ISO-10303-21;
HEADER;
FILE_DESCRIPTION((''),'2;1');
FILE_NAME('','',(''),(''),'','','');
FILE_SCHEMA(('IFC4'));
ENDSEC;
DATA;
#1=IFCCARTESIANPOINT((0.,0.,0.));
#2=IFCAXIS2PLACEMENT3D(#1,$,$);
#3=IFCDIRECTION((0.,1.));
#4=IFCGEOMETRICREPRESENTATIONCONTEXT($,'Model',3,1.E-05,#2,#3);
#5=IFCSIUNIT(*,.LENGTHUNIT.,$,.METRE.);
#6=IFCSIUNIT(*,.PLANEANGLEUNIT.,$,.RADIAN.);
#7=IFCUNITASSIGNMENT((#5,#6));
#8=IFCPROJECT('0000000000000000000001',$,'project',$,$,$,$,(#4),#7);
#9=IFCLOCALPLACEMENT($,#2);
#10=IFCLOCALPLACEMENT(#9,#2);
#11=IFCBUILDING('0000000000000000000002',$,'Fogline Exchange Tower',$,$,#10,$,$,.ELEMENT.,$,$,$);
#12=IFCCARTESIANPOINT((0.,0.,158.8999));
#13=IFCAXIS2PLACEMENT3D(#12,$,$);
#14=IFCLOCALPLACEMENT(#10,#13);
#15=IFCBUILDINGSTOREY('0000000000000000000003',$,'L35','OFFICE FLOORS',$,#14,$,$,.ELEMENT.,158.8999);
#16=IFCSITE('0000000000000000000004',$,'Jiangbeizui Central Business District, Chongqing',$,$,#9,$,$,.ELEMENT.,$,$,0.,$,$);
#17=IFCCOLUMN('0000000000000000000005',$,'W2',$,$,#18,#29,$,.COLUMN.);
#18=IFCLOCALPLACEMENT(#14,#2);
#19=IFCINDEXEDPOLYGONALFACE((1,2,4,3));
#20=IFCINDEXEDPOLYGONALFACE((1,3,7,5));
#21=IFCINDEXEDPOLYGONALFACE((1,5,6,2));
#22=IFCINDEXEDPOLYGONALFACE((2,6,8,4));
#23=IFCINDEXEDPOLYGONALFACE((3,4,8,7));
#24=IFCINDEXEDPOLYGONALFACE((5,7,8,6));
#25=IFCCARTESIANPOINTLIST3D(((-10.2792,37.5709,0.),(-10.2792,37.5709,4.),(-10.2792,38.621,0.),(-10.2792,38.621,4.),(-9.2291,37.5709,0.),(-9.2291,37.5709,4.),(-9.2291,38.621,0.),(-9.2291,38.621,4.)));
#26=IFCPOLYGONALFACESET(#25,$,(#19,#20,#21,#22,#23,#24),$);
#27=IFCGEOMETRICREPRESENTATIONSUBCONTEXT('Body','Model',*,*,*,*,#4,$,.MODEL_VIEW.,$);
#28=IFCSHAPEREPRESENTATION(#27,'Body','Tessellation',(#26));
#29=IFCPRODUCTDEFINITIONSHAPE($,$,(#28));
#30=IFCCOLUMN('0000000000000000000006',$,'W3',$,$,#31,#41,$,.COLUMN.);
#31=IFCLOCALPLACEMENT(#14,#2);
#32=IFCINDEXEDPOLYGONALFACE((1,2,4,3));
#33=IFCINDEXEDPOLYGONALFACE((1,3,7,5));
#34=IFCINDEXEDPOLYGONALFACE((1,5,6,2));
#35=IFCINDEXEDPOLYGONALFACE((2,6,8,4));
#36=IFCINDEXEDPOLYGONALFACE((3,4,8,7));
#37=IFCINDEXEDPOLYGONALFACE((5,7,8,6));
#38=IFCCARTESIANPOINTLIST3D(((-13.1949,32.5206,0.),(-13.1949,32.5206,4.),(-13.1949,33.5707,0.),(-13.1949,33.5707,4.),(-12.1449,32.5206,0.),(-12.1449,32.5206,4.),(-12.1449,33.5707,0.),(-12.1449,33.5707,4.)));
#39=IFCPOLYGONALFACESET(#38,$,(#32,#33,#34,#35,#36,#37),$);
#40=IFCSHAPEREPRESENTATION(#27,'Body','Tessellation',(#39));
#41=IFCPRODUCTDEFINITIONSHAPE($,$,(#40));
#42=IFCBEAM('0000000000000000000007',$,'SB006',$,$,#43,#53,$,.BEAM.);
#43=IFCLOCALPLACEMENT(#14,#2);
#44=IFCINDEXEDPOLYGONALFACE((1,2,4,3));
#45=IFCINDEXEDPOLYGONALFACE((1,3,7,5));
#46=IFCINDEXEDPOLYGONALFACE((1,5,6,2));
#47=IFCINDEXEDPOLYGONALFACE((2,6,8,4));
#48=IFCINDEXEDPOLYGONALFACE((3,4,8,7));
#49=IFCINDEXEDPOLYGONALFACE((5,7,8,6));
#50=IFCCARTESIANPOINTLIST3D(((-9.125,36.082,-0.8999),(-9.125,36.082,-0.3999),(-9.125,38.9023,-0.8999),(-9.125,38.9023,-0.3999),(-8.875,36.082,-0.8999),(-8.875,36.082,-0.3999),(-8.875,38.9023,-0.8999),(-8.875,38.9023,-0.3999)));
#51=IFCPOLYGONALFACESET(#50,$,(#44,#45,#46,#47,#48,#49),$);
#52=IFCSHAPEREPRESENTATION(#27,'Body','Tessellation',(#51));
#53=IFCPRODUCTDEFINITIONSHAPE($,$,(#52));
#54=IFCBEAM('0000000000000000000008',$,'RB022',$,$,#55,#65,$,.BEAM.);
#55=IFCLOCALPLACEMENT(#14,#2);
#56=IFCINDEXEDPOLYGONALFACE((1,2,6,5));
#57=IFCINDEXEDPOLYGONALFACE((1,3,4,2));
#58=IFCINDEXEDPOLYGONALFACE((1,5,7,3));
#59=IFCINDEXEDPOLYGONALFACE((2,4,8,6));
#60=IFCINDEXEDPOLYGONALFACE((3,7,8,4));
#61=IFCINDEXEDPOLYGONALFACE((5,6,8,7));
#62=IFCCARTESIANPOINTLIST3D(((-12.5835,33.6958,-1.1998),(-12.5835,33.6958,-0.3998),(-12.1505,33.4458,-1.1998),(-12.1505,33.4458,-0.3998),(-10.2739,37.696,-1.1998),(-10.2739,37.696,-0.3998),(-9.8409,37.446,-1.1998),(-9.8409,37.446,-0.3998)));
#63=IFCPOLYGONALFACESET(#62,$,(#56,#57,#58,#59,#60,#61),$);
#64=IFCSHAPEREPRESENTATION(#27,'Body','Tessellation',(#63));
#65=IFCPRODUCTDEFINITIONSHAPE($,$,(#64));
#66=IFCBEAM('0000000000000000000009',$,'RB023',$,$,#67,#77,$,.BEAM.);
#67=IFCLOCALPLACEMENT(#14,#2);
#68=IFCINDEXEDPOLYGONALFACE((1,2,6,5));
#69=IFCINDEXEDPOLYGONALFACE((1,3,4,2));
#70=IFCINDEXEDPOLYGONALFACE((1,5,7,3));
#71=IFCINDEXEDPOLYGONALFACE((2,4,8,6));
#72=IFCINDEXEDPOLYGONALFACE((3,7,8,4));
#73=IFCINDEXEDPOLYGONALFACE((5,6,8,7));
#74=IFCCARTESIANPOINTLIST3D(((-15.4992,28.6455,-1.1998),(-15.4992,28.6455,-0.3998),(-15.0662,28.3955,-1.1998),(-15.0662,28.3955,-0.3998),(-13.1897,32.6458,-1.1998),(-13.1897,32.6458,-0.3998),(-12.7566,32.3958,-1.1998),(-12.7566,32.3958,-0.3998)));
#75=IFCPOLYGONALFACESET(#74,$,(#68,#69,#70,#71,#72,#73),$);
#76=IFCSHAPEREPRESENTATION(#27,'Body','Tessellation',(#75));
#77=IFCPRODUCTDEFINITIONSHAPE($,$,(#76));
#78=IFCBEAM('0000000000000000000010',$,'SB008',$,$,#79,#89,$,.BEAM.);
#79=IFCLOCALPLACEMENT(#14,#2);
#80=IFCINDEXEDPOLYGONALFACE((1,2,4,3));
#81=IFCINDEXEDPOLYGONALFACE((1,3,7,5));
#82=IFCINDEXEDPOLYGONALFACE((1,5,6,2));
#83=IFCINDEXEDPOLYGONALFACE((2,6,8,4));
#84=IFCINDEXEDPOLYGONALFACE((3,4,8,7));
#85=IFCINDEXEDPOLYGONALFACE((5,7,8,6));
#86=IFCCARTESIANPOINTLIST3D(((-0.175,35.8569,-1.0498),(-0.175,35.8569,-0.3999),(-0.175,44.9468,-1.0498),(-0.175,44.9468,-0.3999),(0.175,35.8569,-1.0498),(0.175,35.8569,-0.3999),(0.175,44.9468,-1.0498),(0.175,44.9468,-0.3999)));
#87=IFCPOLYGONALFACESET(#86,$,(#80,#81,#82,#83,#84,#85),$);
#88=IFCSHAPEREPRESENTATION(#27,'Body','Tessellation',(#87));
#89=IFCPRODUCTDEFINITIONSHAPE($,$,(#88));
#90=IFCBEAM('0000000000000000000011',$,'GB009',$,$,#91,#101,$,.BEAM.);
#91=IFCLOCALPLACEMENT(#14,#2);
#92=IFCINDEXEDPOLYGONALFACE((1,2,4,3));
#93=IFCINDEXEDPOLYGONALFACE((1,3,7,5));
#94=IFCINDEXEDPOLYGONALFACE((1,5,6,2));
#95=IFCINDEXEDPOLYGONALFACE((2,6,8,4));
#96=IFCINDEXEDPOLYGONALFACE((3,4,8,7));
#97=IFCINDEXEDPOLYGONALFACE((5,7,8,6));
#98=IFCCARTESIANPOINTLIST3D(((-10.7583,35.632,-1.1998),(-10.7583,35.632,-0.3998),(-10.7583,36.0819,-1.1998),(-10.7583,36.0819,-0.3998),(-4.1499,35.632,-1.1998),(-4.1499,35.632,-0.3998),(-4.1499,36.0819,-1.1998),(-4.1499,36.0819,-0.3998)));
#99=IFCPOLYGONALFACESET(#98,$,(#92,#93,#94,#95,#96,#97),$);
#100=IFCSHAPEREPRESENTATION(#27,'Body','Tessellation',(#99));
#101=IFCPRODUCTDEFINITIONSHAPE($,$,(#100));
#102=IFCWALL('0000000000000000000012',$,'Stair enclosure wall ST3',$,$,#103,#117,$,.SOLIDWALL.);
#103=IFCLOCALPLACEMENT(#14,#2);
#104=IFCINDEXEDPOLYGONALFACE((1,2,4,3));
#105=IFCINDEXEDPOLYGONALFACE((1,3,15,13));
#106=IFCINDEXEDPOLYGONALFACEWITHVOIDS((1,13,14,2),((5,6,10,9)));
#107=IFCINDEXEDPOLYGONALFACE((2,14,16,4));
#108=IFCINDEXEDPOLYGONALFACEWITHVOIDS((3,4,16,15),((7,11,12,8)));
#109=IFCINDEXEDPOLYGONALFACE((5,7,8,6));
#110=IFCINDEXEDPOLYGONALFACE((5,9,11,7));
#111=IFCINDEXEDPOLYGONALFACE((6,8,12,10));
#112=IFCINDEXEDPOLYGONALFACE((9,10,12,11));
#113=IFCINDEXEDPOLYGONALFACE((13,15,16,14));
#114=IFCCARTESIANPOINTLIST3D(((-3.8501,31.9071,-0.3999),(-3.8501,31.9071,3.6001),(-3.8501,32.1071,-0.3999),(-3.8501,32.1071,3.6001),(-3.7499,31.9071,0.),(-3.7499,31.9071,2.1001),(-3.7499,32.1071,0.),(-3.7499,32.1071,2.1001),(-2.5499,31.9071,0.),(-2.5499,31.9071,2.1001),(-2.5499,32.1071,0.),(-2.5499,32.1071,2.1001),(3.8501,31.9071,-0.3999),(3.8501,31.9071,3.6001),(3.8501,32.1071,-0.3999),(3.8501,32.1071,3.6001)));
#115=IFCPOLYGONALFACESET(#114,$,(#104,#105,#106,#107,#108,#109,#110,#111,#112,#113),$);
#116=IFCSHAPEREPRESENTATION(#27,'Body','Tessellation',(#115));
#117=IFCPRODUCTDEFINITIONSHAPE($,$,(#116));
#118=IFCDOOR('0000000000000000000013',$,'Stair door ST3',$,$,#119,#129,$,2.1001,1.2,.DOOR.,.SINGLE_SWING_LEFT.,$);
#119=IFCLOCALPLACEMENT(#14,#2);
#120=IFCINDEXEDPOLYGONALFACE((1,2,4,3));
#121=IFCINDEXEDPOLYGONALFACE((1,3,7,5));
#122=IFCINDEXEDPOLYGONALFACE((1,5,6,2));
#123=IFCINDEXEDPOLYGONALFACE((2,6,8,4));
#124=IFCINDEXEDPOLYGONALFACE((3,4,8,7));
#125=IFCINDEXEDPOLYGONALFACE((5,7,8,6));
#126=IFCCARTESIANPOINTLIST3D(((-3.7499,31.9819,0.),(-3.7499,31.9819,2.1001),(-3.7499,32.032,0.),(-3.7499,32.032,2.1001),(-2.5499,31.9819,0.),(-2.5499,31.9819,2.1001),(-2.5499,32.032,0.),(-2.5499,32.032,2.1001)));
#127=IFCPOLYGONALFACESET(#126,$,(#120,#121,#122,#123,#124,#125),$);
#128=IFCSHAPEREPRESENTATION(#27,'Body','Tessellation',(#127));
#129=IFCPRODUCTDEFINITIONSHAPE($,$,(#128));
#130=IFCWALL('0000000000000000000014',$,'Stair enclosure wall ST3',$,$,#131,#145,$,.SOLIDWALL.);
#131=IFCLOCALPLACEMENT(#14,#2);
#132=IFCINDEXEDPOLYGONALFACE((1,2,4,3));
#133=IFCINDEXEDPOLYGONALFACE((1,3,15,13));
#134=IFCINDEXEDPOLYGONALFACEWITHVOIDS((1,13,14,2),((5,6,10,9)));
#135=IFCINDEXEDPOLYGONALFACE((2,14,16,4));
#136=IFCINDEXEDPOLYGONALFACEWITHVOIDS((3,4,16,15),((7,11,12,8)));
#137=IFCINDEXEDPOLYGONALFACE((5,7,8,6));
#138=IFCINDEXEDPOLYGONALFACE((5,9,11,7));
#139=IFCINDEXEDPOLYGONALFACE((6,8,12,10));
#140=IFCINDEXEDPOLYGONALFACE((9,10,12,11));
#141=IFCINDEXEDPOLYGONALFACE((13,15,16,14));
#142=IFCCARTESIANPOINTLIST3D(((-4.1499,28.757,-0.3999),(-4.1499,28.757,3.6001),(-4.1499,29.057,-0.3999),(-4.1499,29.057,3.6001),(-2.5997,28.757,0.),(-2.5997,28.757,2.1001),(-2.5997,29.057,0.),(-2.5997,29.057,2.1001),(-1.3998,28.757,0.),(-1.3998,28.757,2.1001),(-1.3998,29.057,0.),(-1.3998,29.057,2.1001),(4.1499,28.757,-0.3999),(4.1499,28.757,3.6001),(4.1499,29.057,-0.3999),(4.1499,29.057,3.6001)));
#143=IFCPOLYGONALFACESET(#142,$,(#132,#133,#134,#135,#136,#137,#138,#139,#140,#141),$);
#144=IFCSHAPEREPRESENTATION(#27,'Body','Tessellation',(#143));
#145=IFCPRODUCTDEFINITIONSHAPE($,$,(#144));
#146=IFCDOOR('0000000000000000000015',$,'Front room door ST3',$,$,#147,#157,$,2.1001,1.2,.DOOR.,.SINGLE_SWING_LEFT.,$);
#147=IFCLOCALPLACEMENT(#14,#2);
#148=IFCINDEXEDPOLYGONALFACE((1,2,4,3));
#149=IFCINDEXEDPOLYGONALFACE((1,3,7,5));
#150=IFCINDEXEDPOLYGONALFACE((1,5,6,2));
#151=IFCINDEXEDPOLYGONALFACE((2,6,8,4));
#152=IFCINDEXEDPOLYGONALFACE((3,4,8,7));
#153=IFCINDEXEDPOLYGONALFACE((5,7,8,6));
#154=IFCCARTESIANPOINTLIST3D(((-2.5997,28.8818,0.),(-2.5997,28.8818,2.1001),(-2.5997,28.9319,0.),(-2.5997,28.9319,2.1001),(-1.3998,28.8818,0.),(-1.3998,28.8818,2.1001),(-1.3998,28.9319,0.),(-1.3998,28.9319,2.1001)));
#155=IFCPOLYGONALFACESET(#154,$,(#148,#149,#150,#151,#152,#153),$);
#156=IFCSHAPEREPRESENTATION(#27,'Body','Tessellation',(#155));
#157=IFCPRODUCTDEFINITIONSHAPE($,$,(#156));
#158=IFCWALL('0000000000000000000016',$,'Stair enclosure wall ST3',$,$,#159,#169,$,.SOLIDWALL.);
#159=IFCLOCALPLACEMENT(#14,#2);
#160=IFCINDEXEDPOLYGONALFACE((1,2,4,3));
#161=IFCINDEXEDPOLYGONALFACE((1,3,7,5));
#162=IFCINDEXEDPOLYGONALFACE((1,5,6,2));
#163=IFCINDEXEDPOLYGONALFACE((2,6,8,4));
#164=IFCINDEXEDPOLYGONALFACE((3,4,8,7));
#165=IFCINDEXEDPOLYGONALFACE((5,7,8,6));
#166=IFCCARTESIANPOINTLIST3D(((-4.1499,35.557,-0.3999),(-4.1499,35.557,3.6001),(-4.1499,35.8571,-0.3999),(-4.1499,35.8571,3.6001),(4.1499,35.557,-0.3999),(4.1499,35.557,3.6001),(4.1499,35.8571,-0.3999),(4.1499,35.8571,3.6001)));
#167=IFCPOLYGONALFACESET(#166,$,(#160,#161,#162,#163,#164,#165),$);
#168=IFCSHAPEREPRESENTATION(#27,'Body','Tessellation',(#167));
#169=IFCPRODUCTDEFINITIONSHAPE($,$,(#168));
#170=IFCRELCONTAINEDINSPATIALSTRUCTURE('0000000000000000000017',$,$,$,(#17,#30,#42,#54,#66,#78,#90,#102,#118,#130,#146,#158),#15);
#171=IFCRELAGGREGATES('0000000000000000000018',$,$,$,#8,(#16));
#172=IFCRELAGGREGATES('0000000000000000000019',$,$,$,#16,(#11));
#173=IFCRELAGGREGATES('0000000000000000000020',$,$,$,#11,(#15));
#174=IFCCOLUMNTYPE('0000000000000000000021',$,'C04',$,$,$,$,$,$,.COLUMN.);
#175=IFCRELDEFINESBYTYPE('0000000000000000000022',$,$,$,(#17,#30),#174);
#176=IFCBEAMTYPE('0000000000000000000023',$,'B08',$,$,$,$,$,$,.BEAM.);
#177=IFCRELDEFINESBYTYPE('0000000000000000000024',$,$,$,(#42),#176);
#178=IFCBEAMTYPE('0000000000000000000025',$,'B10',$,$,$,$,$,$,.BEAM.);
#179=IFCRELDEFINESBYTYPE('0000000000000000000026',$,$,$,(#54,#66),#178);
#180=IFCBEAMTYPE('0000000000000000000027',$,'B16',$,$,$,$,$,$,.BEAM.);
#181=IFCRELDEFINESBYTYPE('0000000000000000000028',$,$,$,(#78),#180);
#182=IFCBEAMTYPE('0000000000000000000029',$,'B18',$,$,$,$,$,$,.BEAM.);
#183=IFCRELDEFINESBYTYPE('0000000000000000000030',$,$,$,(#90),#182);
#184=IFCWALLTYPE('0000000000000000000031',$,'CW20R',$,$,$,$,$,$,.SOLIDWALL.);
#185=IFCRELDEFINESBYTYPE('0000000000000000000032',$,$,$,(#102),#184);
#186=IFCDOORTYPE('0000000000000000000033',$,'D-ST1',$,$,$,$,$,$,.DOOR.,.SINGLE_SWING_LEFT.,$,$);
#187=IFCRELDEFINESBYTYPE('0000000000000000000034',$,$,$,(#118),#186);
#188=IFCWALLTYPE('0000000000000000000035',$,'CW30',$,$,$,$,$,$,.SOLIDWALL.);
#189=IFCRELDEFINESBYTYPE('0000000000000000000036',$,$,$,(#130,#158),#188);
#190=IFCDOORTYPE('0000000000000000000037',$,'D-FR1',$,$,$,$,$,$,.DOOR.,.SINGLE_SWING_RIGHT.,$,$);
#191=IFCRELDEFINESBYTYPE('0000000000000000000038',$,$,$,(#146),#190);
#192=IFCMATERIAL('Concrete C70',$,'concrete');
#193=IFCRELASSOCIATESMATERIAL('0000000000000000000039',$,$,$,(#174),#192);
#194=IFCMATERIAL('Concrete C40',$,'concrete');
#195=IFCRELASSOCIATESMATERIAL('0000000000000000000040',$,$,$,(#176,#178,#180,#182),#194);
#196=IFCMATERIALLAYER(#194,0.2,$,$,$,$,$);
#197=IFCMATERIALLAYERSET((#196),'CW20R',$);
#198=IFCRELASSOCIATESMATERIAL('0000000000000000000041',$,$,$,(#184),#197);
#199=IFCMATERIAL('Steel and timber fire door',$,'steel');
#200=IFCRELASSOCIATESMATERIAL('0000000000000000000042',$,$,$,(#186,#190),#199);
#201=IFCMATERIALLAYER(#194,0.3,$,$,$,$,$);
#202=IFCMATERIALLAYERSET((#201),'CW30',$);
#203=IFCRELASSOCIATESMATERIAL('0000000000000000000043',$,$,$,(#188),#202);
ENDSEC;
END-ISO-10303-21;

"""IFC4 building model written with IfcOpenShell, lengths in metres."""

from ifc_helpers import new_model, si_unit, direction, frame, frame_2d, origin, origin_2d, place, context, subcontext, project, spatial, rectangle, extrude, material, layer, layer_set, material_profile, profile_set, type_object, element, fill, save


model = new_model("IFC4")

# Units and contexts
model_context = context("Model", 3, precision=1e-05, world=origin(), true_north=direction((0.0, 1.0)))
body_context = subcontext(model_context, "Body", "Model", "MODEL_VIEW")
ifc_project = project(units=[si_unit("LENGTHUNIT", "METRE"), si_unit("PLANEANGLEUNIT", "RADIAN")], contexts=[model_context])

# Site, building, storey
site_placement = place(None, origin())
site = spatial("IfcSite", under=ifc_project, at=site_placement, Name="Jiangbeizui Central Business District, Chongqing", CompositionType="ELEMENT", RefElevation=0.0)
building_placement = place(site_placement, origin())
building = spatial("IfcBuilding", under=site, at=building_placement, Name="Fogline Exchange Tower", CompositionType="ELEMENT")
storey_placement = place(building_placement, frame((0.0, 0.0, 158.8999)))
storey = spatial("IfcBuildingStorey", under=building, at=storey_placement, Name="L35", Description="OFFICE FLOORS", CompositionType="ELEMENT", Elevation=158.8999)

# Columns
ifc_material_1 = material(Name="Concrete C70", Category="concrete")
ifc_material_profile_1 = material_profile(ifc_material_1, rectangle(XDim=1.05, YDim=1.05, at=origin_2d()), Name="RC 1050x1050")
ifc_profile_set_1 = profile_set([ifc_material_profile_1], Name="Concrete C70")
column_type = type_object("IfcColumnType", Name="C04", PredefinedType="COLUMN", material=ifc_profile_set_1)
for number, where, z_axis, x_axis, name in (
    (1, (-9.7542, 38.0959, 0.0), (0.0, 0.0, 1.0), (1.0, 0.0, 0.0), "W2"),
    (2, (-12.6699, 33.0457, 0.0), (0.0, 0.0, 1.0), (1.0, 0.0, 0.0), "W3"),
):
    element("IfcColumn", number, at=place(storey_placement, frame(where, z_axis=z_axis, x_axis=x_axis)), inside=storey, type_object=column_type, Name=name, PredefinedType="COLUMN", context=body_context, shape_type="SweptSolid", body=[
        extrude(rectangle(XDim=1.05, YDim=1.05, at=origin_2d()), origin(), (0.0, 0.0, 1.0), 4.0),
    ])

# Beams
ifc_material_2 = material(Name="Concrete C40", Category="concrete")
ifc_material_profile_2 = material_profile(ifc_material_2, rectangle(XDim=0.25, YDim=0.5, at=origin_2d()), Name="RC 250x500")
ifc_profile_set_2 = profile_set([ifc_material_profile_2], Name="Concrete C40")
beam_type_1 = type_object("IfcBeamType", Name="B08", PredefinedType="BEAM", material=ifc_profile_set_2)
beam_1_placement = place(storey_placement, frame((-9.0, 36.082, -0.6499), z_axis=(0.0, 1.0, 0.0), x_axis=(-1.0, 0.0, 0.0)))
element("IfcBeam", 3, at=beam_1_placement, inside=storey, type_object=beam_type_1, Name="SB006", PredefinedType="BEAM", context=body_context, shape_type="SweptSolid", body=[
    extrude(rectangle(XDim=0.25, YDim=0.5, at=origin_2d()), origin(), (0.0, 0.0, 1.0), 2.8203),
])
ifc_material_profile_3 = material_profile(ifc_material_2, rectangle(XDim=0.5, YDim=0.8, at=origin_2d()), Name="RC 500x800")
ifc_profile_set_3 = profile_set([ifc_material_profile_3], Name="Concrete C40")
beam_type_2 = type_object("IfcBeamType", Name="B10", PredefinedType="BEAM", material=ifc_profile_set_3)
for number, where, z_axis, x_axis, name in (
    (4, (-10.0574, 37.571, -0.7998), (-0.500005, -0.866023, 0.0), (0.866023, -0.500005, 0.0), "RB022"),
    (5, (-12.9731, 32.5208, -0.7998), (-0.500005, -0.866023, 0.0), (0.866023, -0.500005, 0.0), "RB023"),
):
    element("IfcBeam", number, at=place(storey_placement, frame(where, z_axis=z_axis, x_axis=x_axis)), inside=storey, type_object=beam_type_2, Name=name, PredefinedType="BEAM", context=body_context, shape_type="SweptSolid", body=[
        extrude(rectangle(XDim=0.5, YDim=0.8, at=origin_2d()), origin(), (0.0, 0.0, 1.0), 4.6191),
    ])
ifc_material_profile_4 = material_profile(ifc_material_2, rectangle(XDim=0.3501, YDim=0.6499, at=origin_2d()), Name="RC 350x650")
ifc_profile_set_4 = profile_set([ifc_material_profile_4], Name="Concrete C40")
beam_type_3 = type_object("IfcBeamType", Name="B16", PredefinedType="BEAM", material=ifc_profile_set_4)
beam_2_placement = place(storey_placement, frame((0.0, 35.8569, -0.7249), z_axis=(0.0, 1.0, 0.0), x_axis=(-1.0, 0.0, 0.0)))
element("IfcBeam", 6, at=beam_2_placement, inside=storey, type_object=beam_type_3, Name="SB008", PredefinedType="BEAM", context=body_context, shape_type="SweptSolid", body=[
    extrude(rectangle(XDim=0.3501, YDim=0.6499, at=origin_2d()), origin(), (0.0, 0.0, 1.0), 9.0898),
])
ifc_material_profile_5 = material_profile(ifc_material_2, rectangle(XDim=0.45, YDim=0.8, at=origin_2d()), Name="RC 450x800")
ifc_profile_set_5 = profile_set([ifc_material_profile_5], Name="Concrete C40")
beam_type_4 = type_object("IfcBeamType", Name="B18", PredefinedType="BEAM", material=ifc_profile_set_5)
beam_3_placement = place(storey_placement, frame((-10.7583, 35.8569, -0.7998), z_axis=(1.0, 0.0, 0.0), x_axis=(0.0, 1.0, 0.0)))
element("IfcBeam", 7, at=beam_3_placement, inside=storey, type_object=beam_type_4, Name="GB009", PredefinedType="BEAM", context=body_context, shape_type="SweptSolid", body=[
    extrude(rectangle(XDim=0.45, YDim=0.8, at=origin_2d()), origin(), (0.0, 0.0, 1.0), 6.6084),
])

# Walls, openings, doors
ifc_layer_1 = layer(ifc_material_2, 0.2)
ifc_layer_set_1 = layer_set([ifc_layer_1], Name="CW20R")
wall_type_1 = type_object("IfcWallType", Name="CW20R", PredefinedType="SOLIDWALL", material=ifc_layer_set_1)
wall_1_placement = place(storey_placement, frame((-3.8501, 32.0071, -0.3999), z_axis=(0.0, 0.0, 1.0), x_axis=(1.0, 0.0, 0.0)))
wall_1 = element("IfcWall", 8, at=wall_1_placement, inside=storey, type_object=wall_type_1, Name="Stair enclosure wall ST3", PredefinedType="SOLIDWALL", context=body_context, shape_type="SweptSolid", body=[
    extrude(rectangle(XDim=7.7002, YDim=0.2, at=frame_2d((3.8501, 0.0))), origin(), (0.0, 0.0, 1.0), 4.0),
])
opening_1_placement = place(wall_1_placement, frame((0.1001, 0.0, 0.3999)))
opening_1 = element("IfcOpeningElement", 9, at=opening_1_placement, cuts=wall_1, PredefinedType="OPENING", context=body_context, shape_type="SweptSolid", body=[
    extrude(rectangle(XDim=1.2, YDim=2.1001, at=frame_2d((0.6001, 1.05))), frame((0.0, 0.1099, 0.0), z_axis=(0.0, -1.0, 0.0), x_axis=(1.0, 0.0, 0.0)), (0.0, 0.0, 1.0), 0.22),
])
ifc_material_3 = material(Name="Steel and timber fire door", Category="steel")
door_type_1 = type_object("IfcDoorType", Name="D-ST1", OperationType="SINGLE_SWING_LEFT", PredefinedType="DOOR", material=ifc_material_3)
door_1_placement = place(opening_1_placement, origin())
door_1 = element("IfcDoor", 10, at=door_1_placement, inside=storey, type_object=door_type_1, Name="Stair door ST3", OperationType="SINGLE_SWING_LEFT", OverallHeight=2.1001, OverallWidth=1.2, PredefinedType="DOOR", context=body_context, shape_type="SweptSolid", body=[
    extrude(rectangle(XDim=1.2, YDim=2.1001, at=frame_2d((0.6001, 1.05))), frame((0.0, 0.0249, 0.0), z_axis=(0.0, -1.0, 0.0), x_axis=(1.0, 0.0, 0.0)), (0.0, 0.0, 1.0), 0.05),
])
fill(opening_1, door_1)
ifc_layer_2 = layer(ifc_material_2, 0.3)
ifc_layer_set_2 = layer_set([ifc_layer_2], Name="CW30")
wall_type_2 = type_object("IfcWallType", Name="CW30", PredefinedType="SOLIDWALL", material=ifc_layer_set_2)
wall_2_placement = place(storey_placement, frame((-4.1499, 28.907, -0.3999), z_axis=(0.0, 0.0, 1.0), x_axis=(1.0, 0.0, 0.0)))
wall_2 = element("IfcWall", 11, at=wall_2_placement, inside=storey, type_object=wall_type_2, Name="Stair enclosure wall ST3", PredefinedType="SOLIDWALL", context=body_context, shape_type="SweptSolid", body=[
    extrude(rectangle(XDim=8.2998, YDim=0.3, at=frame_2d((4.1499, 0.0))), origin(), (0.0, 0.0, 1.0), 4.0),
])
opening_2_placement = place(wall_2_placement, frame((1.55, 0.0, 0.3999)))
opening_2 = element("IfcOpeningElement", 12, at=opening_2_placement, cuts=wall_2, PredefinedType="OPENING", context=body_context, shape_type="SweptSolid", body=[
    extrude(rectangle(XDim=1.2, YDim=2.1001, at=frame_2d((0.6001, 1.05))), frame((0.0, 0.1602, 0.0), z_axis=(0.0, -1.0, 0.0), x_axis=(1.0, 0.0, 0.0)), (0.0, 0.0, 1.0), 0.3201),
])
door_type_2 = type_object("IfcDoorType", Name="D-FR1", OperationType="SINGLE_SWING_RIGHT", PredefinedType="DOOR", material=ifc_material_3)
door_2_placement = place(opening_2_placement, origin())
door_2 = element("IfcDoor", 13, at=door_2_placement, inside=storey, type_object=door_type_2, Name="Front room door ST3", OperationType="SINGLE_SWING_LEFT", OverallHeight=2.1001, OverallWidth=1.2, PredefinedType="DOOR", context=body_context, shape_type="SweptSolid", body=[
    extrude(rectangle(XDim=1.2, YDim=2.1001, at=frame_2d((0.6001, 1.05))), frame((0.0, 0.0249, 0.0), z_axis=(0.0, -1.0, 0.0), x_axis=(1.0, 0.0, 0.0)), (0.0, 0.0, 1.0), 0.05),
])
fill(opening_2, door_2)

# Wall
wall_3_placement = place(storey_placement, frame((-4.1499, 35.707, -0.3999), z_axis=(0.0, 0.0, 1.0), x_axis=(1.0, 0.0, 0.0)))
element("IfcWall", 14, at=wall_3_placement, inside=storey, type_object=wall_type_2, Name="Stair enclosure wall ST3", PredefinedType="SOLIDWALL", context=body_context, shape_type="SweptSolid", body=[
    extrude(rectangle(XDim=8.2998, YDim=0.3, at=frame_2d((4.1499, 0.0))), origin(), (0.0, 0.0, 1.0), 4.0),
])

save(model, "model.ifc")
